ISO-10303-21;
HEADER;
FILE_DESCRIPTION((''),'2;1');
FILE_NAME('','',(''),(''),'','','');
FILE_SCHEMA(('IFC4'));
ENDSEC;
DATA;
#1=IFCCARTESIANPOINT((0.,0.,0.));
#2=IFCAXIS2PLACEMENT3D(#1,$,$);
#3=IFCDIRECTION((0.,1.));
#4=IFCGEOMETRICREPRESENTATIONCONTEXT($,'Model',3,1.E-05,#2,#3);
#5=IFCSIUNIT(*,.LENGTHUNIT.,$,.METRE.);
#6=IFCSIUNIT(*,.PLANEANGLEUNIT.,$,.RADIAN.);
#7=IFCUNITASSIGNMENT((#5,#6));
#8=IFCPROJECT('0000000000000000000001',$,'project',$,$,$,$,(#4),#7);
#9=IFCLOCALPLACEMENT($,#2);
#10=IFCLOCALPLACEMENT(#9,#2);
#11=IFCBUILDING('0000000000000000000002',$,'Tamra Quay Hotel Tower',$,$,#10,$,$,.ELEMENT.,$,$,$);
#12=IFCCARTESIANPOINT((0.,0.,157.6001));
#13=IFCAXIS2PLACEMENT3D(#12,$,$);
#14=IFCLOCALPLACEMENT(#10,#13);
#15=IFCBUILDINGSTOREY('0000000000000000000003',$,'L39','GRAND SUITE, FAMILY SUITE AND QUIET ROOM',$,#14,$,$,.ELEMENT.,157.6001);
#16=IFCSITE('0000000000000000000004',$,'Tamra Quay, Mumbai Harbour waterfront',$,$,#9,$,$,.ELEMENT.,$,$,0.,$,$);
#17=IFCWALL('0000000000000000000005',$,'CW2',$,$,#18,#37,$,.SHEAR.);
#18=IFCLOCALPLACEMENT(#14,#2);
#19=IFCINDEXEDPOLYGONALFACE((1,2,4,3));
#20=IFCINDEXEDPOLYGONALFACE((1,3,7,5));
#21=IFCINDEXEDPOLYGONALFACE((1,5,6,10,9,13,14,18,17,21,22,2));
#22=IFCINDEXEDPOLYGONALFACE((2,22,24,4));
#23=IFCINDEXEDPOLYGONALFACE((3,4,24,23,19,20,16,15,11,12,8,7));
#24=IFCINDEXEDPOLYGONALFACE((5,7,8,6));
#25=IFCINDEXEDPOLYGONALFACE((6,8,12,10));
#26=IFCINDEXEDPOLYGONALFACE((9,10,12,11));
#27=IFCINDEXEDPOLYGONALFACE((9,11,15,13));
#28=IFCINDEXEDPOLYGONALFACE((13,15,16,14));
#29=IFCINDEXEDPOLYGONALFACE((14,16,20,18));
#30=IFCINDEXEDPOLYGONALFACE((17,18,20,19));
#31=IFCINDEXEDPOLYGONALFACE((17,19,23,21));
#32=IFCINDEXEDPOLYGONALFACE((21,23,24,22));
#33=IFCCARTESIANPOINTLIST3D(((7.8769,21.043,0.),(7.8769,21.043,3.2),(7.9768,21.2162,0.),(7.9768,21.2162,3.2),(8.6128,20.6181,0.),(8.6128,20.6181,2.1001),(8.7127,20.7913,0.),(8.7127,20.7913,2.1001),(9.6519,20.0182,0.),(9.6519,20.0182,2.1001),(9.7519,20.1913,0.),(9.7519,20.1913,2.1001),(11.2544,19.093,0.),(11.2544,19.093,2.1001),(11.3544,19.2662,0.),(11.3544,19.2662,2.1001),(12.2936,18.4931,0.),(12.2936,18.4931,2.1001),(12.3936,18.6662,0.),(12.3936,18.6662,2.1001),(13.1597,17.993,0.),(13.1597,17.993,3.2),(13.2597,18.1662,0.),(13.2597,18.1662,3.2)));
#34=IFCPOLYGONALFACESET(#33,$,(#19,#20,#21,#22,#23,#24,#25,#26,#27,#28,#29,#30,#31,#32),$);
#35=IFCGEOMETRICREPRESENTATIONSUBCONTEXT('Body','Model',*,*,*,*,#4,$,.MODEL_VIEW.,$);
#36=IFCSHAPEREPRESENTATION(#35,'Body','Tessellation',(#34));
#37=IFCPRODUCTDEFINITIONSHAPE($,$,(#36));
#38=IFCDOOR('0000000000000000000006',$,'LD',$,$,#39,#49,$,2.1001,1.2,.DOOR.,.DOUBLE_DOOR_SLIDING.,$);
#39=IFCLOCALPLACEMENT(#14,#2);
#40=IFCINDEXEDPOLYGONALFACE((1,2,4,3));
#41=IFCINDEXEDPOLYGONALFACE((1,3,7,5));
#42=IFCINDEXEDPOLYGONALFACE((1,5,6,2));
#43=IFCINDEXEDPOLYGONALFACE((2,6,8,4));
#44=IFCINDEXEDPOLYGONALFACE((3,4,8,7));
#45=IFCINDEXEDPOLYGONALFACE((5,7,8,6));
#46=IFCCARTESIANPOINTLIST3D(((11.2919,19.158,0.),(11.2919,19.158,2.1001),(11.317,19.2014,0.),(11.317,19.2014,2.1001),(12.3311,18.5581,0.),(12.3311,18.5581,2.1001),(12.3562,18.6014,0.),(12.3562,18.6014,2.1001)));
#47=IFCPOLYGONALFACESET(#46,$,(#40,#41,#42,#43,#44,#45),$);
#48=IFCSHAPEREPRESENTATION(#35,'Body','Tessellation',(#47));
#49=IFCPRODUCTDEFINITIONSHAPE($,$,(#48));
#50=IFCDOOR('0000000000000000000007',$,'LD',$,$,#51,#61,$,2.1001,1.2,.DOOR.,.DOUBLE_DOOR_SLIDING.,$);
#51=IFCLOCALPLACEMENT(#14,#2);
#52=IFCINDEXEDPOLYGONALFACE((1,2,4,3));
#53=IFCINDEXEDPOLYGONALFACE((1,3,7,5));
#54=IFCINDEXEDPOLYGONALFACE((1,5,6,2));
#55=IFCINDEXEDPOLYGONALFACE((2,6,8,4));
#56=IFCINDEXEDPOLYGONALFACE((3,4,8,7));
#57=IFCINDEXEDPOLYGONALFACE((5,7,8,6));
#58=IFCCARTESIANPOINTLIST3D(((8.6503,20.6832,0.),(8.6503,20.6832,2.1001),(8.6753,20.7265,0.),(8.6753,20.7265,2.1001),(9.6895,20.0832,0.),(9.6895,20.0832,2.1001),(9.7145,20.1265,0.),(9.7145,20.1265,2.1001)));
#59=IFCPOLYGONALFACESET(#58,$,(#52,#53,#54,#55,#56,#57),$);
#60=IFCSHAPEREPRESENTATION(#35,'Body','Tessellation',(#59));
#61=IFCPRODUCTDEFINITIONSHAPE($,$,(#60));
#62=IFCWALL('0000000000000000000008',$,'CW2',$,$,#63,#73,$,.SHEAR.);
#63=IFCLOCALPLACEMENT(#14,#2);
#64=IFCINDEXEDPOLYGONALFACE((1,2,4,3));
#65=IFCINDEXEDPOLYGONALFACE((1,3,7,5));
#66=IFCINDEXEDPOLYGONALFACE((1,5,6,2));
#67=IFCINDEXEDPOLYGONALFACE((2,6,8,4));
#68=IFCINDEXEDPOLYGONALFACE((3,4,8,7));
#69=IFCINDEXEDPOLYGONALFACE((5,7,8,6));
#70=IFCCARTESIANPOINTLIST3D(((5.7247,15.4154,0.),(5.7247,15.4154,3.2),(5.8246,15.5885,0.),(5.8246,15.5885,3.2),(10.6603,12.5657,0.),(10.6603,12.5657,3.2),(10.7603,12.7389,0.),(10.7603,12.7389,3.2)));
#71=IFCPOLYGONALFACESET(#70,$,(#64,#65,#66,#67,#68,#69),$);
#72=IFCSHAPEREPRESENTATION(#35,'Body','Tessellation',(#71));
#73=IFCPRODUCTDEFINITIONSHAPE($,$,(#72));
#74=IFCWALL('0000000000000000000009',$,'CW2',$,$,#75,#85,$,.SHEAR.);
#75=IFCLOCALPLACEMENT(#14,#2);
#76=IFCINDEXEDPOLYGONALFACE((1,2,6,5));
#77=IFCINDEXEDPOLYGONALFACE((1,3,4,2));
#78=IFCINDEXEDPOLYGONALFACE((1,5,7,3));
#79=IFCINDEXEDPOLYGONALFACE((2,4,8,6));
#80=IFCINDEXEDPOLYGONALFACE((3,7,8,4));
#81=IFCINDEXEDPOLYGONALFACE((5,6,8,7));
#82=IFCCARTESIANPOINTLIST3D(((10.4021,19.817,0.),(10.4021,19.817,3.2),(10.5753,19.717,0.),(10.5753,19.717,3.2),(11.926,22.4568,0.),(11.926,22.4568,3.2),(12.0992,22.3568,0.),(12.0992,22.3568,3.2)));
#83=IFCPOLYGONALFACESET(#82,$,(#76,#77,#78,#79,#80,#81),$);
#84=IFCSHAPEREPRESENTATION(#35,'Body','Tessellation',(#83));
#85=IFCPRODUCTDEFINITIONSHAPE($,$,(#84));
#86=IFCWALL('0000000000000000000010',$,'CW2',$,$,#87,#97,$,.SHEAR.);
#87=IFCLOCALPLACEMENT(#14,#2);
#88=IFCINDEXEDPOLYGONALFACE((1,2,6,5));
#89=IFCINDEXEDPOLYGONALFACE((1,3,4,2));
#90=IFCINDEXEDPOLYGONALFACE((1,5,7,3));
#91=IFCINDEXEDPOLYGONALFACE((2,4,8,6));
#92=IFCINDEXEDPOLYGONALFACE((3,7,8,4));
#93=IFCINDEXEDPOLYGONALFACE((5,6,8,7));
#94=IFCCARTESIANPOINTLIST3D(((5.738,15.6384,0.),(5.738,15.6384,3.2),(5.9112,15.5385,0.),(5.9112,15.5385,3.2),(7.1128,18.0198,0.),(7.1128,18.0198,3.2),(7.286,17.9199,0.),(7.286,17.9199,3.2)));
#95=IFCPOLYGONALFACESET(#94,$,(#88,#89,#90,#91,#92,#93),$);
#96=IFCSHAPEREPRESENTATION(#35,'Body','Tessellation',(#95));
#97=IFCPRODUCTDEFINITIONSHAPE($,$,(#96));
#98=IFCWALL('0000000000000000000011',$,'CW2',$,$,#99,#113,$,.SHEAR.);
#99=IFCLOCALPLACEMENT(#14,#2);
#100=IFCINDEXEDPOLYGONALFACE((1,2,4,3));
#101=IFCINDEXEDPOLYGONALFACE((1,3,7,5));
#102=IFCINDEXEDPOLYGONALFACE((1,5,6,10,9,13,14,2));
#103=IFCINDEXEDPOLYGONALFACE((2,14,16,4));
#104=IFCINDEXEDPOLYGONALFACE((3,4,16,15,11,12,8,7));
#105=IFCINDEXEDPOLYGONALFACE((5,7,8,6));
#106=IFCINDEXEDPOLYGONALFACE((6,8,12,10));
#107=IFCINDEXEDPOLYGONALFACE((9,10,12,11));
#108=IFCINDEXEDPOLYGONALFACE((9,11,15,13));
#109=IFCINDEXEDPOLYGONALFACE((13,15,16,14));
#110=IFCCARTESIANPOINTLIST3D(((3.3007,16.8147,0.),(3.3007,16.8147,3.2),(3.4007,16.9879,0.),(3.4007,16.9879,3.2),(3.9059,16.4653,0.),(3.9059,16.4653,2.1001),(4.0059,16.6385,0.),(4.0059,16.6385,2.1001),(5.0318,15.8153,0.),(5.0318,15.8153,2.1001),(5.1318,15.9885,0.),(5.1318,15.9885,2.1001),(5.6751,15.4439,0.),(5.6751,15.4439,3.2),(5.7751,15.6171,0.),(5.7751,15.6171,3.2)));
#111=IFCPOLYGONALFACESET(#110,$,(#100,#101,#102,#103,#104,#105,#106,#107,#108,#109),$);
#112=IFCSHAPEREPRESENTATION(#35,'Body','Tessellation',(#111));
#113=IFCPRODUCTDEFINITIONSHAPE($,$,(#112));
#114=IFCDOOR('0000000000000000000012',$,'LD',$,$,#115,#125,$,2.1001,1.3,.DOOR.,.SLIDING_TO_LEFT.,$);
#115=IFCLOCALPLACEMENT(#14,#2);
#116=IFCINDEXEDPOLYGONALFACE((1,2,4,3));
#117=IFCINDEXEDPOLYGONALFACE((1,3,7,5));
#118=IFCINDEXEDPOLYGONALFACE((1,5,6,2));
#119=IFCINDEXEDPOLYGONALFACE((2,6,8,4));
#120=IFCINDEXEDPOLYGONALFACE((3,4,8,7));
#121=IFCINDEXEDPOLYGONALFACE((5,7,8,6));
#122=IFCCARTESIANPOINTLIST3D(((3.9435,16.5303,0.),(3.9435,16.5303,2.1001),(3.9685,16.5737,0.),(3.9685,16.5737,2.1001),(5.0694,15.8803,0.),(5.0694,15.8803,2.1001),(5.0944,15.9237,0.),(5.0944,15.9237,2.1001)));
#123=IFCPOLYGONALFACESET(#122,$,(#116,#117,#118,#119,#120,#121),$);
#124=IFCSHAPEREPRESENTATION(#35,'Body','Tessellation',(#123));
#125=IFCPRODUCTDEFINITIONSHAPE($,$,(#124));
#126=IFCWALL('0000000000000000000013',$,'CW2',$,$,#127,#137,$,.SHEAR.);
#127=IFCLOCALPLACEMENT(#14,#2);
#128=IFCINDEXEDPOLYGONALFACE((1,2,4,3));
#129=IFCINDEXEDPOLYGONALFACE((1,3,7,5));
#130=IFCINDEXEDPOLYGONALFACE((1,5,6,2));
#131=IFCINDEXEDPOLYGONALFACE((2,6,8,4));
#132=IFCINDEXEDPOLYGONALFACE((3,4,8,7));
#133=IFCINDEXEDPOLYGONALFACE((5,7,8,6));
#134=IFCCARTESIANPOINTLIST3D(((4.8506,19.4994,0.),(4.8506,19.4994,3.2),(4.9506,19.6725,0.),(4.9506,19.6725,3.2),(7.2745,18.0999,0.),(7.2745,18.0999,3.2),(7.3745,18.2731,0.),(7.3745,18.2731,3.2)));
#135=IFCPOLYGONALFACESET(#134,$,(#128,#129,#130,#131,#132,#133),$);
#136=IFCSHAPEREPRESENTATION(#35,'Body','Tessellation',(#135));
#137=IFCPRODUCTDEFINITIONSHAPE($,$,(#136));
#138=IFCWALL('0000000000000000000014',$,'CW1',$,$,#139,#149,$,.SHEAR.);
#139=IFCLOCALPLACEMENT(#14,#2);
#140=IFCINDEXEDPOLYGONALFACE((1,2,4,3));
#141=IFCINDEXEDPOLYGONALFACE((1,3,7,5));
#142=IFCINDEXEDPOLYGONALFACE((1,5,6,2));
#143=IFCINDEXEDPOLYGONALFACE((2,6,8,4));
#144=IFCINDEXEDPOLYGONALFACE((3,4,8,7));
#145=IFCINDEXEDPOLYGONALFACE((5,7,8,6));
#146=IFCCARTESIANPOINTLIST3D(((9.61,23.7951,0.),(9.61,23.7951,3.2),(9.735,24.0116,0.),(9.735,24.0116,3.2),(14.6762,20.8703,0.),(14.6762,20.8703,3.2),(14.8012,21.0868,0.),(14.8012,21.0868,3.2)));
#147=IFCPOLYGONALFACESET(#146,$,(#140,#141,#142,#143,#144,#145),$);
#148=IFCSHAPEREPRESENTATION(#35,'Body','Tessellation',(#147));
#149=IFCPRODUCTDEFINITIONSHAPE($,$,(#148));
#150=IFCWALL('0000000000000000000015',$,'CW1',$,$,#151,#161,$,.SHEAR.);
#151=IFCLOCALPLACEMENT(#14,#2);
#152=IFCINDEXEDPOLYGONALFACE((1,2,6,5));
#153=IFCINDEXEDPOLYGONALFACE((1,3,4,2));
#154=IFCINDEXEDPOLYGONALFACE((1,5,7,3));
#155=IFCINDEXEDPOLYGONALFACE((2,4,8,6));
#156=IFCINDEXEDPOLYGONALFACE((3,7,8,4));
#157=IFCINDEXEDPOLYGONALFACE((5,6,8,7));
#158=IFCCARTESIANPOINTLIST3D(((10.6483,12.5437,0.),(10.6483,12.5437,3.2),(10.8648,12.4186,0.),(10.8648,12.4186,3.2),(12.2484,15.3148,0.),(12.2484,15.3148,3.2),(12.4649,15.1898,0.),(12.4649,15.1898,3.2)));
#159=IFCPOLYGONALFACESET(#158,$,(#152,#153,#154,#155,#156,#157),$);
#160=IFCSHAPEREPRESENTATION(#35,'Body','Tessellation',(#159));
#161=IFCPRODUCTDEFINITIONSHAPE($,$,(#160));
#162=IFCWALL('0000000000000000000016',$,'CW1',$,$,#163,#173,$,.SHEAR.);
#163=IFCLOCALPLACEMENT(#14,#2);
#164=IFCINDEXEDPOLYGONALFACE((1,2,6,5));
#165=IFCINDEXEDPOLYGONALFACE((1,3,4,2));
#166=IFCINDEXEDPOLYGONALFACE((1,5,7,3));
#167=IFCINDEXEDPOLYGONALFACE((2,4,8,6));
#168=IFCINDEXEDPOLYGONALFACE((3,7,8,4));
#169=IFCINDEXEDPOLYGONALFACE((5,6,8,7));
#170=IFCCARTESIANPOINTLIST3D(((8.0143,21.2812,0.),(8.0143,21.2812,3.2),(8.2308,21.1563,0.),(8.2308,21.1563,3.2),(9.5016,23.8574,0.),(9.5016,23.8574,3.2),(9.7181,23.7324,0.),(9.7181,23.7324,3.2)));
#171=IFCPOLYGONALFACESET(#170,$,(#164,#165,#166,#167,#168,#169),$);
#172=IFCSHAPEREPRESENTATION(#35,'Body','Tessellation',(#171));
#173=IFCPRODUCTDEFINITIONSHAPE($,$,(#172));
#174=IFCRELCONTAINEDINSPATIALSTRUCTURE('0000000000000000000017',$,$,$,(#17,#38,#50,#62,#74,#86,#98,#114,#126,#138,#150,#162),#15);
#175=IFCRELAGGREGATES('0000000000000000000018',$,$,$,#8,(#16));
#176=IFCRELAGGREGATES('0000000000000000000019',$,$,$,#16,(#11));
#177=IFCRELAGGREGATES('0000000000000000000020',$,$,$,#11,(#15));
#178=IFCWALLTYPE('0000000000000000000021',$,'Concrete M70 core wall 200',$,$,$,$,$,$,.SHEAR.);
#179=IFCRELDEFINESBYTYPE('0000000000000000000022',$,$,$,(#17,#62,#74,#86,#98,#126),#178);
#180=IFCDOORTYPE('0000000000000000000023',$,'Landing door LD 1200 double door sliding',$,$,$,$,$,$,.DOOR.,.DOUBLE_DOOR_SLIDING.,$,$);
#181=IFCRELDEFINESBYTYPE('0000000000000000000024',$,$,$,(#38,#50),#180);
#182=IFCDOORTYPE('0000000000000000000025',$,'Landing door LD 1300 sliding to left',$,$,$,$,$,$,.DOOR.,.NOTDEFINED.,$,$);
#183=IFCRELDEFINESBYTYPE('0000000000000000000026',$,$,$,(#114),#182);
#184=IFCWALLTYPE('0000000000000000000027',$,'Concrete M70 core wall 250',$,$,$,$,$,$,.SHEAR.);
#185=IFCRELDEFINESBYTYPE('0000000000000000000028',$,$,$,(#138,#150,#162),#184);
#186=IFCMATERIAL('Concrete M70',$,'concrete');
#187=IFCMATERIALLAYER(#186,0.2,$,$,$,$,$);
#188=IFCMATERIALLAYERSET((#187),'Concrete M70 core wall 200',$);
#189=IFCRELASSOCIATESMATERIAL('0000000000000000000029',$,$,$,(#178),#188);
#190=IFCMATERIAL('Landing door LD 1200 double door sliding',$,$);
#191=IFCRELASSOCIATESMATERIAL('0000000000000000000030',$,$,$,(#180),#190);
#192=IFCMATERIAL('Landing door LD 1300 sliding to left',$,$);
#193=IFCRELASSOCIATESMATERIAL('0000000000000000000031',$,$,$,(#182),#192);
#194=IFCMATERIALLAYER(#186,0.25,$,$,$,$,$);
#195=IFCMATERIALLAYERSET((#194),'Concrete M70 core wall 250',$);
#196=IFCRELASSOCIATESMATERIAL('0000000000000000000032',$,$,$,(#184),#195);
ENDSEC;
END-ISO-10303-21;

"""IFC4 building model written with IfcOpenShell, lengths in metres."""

from ifc_helpers import new_model, si_unit, direction, frame, frame_2d, origin, place, context, subcontext, project, spatial, rectangle, extrude, material, layer, layer_set, type_object, element, fill, save


model = new_model("IFC4")

# Units and contexts
model_context = context("Model", 3, precision=1e-05, world=origin(), true_north=direction((0.0, 1.0)))
body_context = subcontext(model_context, "Body", "Model", "MODEL_VIEW")
ifc_project = project(units=[si_unit("LENGTHUNIT", "METRE"), si_unit("PLANEANGLEUNIT", "RADIAN")], contexts=[model_context])

# Site, building, storey
site_placement = place(None, origin())
site = spatial("IfcSite", under=ifc_project, at=site_placement, Name="Tamra Quay, Mumbai Harbour waterfront", CompositionType="ELEMENT", RefElevation=0.0)
building_placement = place(site_placement, origin())
building = spatial("IfcBuilding", under=site, at=building_placement, Name="Tamra Quay Hotel Tower", CompositionType="ELEMENT")
storey_placement = place(building_placement, frame((0.0, 0.0, 157.6001)))
storey = spatial("IfcBuildingStorey", under=building, at=storey_placement, Name="L39", Description="GRAND SUITE, FAMILY SUITE AND QUIET ROOM", CompositionType="ELEMENT", Elevation=157.6001)

# Shared definitions
ifc_material_1 = material(Name="Concrete M70", Category="concrete")

# Wall, openings, doors
ifc_layer_1 = layer(ifc_material_1, 0.2)
ifc_layer_set_1 = layer_set([ifc_layer_1], Name="Concrete M70 core wall 200")
wall_type_1 = type_object("IfcWallType", Name="Concrete M70 core wall 200", PredefinedType="SHEAR", material=ifc_layer_set_1)
wall_1_placement = place(storey_placement, frame((13.2097, 18.0796, 0.0), z_axis=(0.0, 0.0, 1.0), x_axis=(-0.86603, 0.499992, 0.0)))
wall_1 = element("IfcWall", 1, at=wall_1_placement, inside=storey, type_object=wall_type_1, Name="CW2", PredefinedType="SHEAR", context=body_context, shape_type="SweptSolid", body=[
    extrude(rectangle(XDim=6.1001, YDim=0.2, at=frame_2d((3.05, 0.0))), origin(), (0.0, 0.0, 1.0), 3.2),
])
opening_1_placement = place(wall_1_placement, frame((1.0, 0.0, 0.0)))
opening_1 = element("IfcOpeningElement", 2, at=opening_1_placement, cuts=wall_1, PredefinedType="OPENING", context=body_context, shape_type="SweptSolid", body=[
    extrude(rectangle(XDim=1.2, YDim=2.1001, at=frame_2d((0.6001, 1.05))), frame((0.0, 0.1099, 0.0), z_axis=(0.0, -1.0, 0.0), x_axis=(1.0, 0.0, 0.0)), (0.0, 0.0, 1.0), 0.22),
])
opening_2_placement = place(wall_1_placement, frame((4.0503, 0.0, 0.0)))
opening_2 = element("IfcOpeningElement", 3, at=opening_2_placement, cuts=wall_1, PredefinedType="OPENING", context=body_context, shape_type="SweptSolid", body=[
    extrude(rectangle(XDim=1.2, YDim=2.1001, at=frame_2d((0.6001, 1.05))), frame((0.0, 0.1099, 0.0), z_axis=(0.0, -1.0, 0.0), x_axis=(1.0, 0.0, 0.0)), (0.0, 0.0, 1.0), 0.22),
])
ifc_material_2 = material(Name="Landing door LD 1200 double door sliding")
door_type_1 = type_object("IfcDoorType", Name="Landing door LD 1200 double door sliding", OperationType="DOUBLE_DOOR_SLIDING", PredefinedType="DOOR", material=ifc_material_2)
door_1_placement = place(opening_1_placement, origin())
door_1 = element("IfcDoor", 4, at=door_1_placement, inside=storey, type_object=door_type_1, Name="LD", OperationType="DOUBLE_DOOR_SLIDING", OverallHeight=2.1001, OverallWidth=1.2, PredefinedType="DOOR", context=body_context, shape_type="SweptSolid", body=[
    extrude(rectangle(XDim=1.2, YDim=2.1001, at=frame_2d((0.6001, 1.05))), frame((0.0, 0.0249, 0.0), z_axis=(0.0, -1.0, 0.0), x_axis=(1.0, 0.0, 0.0)), (0.0, 0.0, 1.0), 0.05),
])
fill(opening_1, door_1)
door_2_placement = place(opening_2_placement, origin())
door_2 = element("IfcDoor", 5, at=door_2_placement, inside=storey, type_object=door_type_1, Name="LD", OperationType="DOUBLE_DOOR_SLIDING", OverallHeight=2.1001, OverallWidth=1.2, PredefinedType="DOOR", context=body_context, shape_type="SweptSolid", body=[
    extrude(rectangle(XDim=1.2, YDim=2.1001, at=frame_2d((0.6001, 1.05))), frame((0.0, 0.0249, 0.0), z_axis=(0.0, -1.0, 0.0), x_axis=(1.0, 0.0, 0.0)), (0.0, 0.0, 1.0), 0.05),
])
fill(opening_2, door_2)

# Walls
wall_2_placement = place(storey_placement, frame((5.7747, 15.502, 0.0), z_axis=(0.0, 0.0, 1.0), x_axis=(0.86602, -0.500009, 0.0)))
element("IfcWall", 6, at=wall_2_placement, inside=storey, type_object=wall_type_1, Name="CW2", PredefinedType="SHEAR", context=body_context, shape_type="SweptSolid", body=[
    extrude(rectangle(XDim=5.6992, YDim=0.2, at=frame_2d((2.8496, 0.0))), origin(), (0.0, 0.0, 1.0), 3.2),
])
wall_3_placement = place(storey_placement, frame((10.4888, 19.7671, 0.0), z_axis=(0.0, 0.0, 1.0), x_axis=(0.499947, 0.866056, 0.0)))
element("IfcWall", 7, at=wall_3_placement, inside=storey, type_object=wall_type_1, Name="CW2", PredefinedType="SHEAR", context=body_context, shape_type="SweptSolid", body=[
    extrude(rectangle(XDim=3.0481, YDim=0.2, at=frame_2d((1.5239, 0.0))), origin(), (0.0, 0.0, 1.0), 3.2),
])
wall_4_placement = place(storey_placement, frame((7.1995, 17.97, 0.0), z_axis=(0.0, 0.0, 1.0), x_axis=(-0.499968, -0.866044, 0.0)))
element("IfcWall", 8, at=wall_4_placement, inside=storey, type_object=wall_type_1, Name="CW2", PredefinedType="SHEAR", context=body_context, shape_type="SweptSolid", body=[
    extrude(rectangle(XDim=2.7498, YDim=0.2, at=frame_2d((1.375, 0.0))), origin(), (0.0, 0.0, 1.0), 3.2),
])

# Wall, opening, door
wall_5_placement = place(storey_placement, frame((5.7251, 15.5305, 0.0), z_axis=(0.0, 0.0, 1.0), x_axis=(-0.866037, 0.499979, 0.0)))
wall_5 = element("IfcWall", 9, at=wall_5_placement, inside=storey, type_object=wall_type_1, Name="CW2", PredefinedType="SHEAR", context=body_context, shape_type="SweptSolid", body=[
    extrude(rectangle(XDim=2.7417, YDim=0.2, at=frame_2d((1.3708, 0.0))), origin(), (0.0, 0.0, 1.0), 3.2),
])
opening_3_placement = place(wall_5_placement, frame((0.7429, 0.0, 0.0)))
opening_3 = element("IfcOpeningElement", 10, at=opening_3_placement, cuts=wall_5, PredefinedType="OPENING", context=body_context, shape_type="SweptSolid", body=[
    extrude(rectangle(XDim=1.3, YDim=2.1001, at=frame_2d((0.6499, 1.05))), frame((0.0, 0.1099, 0.0), z_axis=(0.0, -1.0, 0.0), x_axis=(1.0, 0.0, 0.0)), (0.0, 0.0, 1.0), 0.22),
])
ifc_material_3 = material(Name="Landing door LD 1300 sliding to left")
door_type_2 = type_object("IfcDoorType", Name="Landing door LD 1300 sliding to left", OperationType="NOTDEFINED", PredefinedType="DOOR", material=ifc_material_3)
door_3_placement = place(opening_3_placement, origin())
door_3 = element("IfcDoor", 11, at=door_3_placement, inside=storey, type_object=door_type_2, Name="LD", OperationType="SLIDING_TO_LEFT", OverallHeight=2.1001, OverallWidth=1.3, PredefinedType="DOOR", context=body_context, shape_type="SweptSolid", body=[
    extrude(rectangle(XDim=1.3, YDim=2.1001, at=frame_2d((0.6499, 1.05))), frame((0.0, 0.0249, 0.0), z_axis=(0.0, -1.0, 0.0), x_axis=(1.0, 0.0, 0.0)), (0.0, 0.0, 1.0), 0.05),
])
fill(opening_3, door_3)

# Walls
wall_6_placement = place(storey_placement, frame((4.9006, 19.5859, 0.0), z_axis=(0.0, 0.0, 1.0), x_axis=(0.866023, -0.500004, 0.0)))
element("IfcWall", 12, at=wall_6_placement, inside=storey, type_object=wall_type_1, Name="CW2", PredefinedType="SHEAR", context=body_context, shape_type="SweptSolid", body=[
    extrude(rectangle(XDim=2.7988, YDim=0.2, at=frame_2d((1.3994, 0.0))), origin(), (0.0, 0.0, 1.0), 3.2),
])
ifc_layer_2 = layer(ifc_material_1, 0.25)
ifc_layer_set_2 = layer_set([ifc_layer_2], Name="Concrete M70 core wall 250")
wall_type_2 = type_object("IfcWallType", Name="Concrete M70 core wall 250", PredefinedType="SHEAR", material=ifc_layer_set_2)
wall_7_placement = place(storey_placement, frame((9.6726, 23.9033, 0.0), z_axis=(0.0, 0.0, 1.0), x_axis=(0.866036, -0.499981, 0.0)))
element("IfcWall", 13, at=wall_7_placement, inside=storey, type_object=wall_type_2, Name="CW1", PredefinedType="SHEAR", context=body_context, shape_type="SweptSolid", body=[
    extrude(rectangle(XDim=5.8499, YDim=0.25, at=frame_2d((2.9248, 0.0))), origin(), (0.0, 0.0, 1.0), 3.2),
])
wall_8_placement = place(storey_placement, frame((12.3567, 15.2524, 0.0), z_axis=(0.0, 0.0, 1.0), x_axis=(-0.500028, -0.866009, 0.0)))
element("IfcWall", 14, at=wall_8_placement, inside=storey, type_object=wall_type_2, Name="CW1", PredefinedType="SHEAR", context=body_context, shape_type="SweptSolid", body=[
    extrude(rectangle(XDim=3.2, YDim=0.25, at=frame_2d((1.6001, 0.0))), origin(), (0.0, 0.0, 1.0), 3.2),
])
wall_9_placement = place(storey_placement, frame((8.1226, 21.2188, 0.0), z_axis=(0.0, 0.0, 1.0), x_axis=(0.499988, 0.866033, 0.0)))
element("IfcWall", 15, at=wall_9_placement, inside=storey, type_object=wall_type_2, Name="CW1", PredefinedType="SHEAR", context=body_context, shape_type="SweptSolid", body=[
    extrude(rectangle(XDim=2.9746, YDim=0.25, at=frame_2d((1.4873, 0.0))), origin(), (0.0, 0.0, 1.0), 3.2),
])

save(model, "model.ifc")
